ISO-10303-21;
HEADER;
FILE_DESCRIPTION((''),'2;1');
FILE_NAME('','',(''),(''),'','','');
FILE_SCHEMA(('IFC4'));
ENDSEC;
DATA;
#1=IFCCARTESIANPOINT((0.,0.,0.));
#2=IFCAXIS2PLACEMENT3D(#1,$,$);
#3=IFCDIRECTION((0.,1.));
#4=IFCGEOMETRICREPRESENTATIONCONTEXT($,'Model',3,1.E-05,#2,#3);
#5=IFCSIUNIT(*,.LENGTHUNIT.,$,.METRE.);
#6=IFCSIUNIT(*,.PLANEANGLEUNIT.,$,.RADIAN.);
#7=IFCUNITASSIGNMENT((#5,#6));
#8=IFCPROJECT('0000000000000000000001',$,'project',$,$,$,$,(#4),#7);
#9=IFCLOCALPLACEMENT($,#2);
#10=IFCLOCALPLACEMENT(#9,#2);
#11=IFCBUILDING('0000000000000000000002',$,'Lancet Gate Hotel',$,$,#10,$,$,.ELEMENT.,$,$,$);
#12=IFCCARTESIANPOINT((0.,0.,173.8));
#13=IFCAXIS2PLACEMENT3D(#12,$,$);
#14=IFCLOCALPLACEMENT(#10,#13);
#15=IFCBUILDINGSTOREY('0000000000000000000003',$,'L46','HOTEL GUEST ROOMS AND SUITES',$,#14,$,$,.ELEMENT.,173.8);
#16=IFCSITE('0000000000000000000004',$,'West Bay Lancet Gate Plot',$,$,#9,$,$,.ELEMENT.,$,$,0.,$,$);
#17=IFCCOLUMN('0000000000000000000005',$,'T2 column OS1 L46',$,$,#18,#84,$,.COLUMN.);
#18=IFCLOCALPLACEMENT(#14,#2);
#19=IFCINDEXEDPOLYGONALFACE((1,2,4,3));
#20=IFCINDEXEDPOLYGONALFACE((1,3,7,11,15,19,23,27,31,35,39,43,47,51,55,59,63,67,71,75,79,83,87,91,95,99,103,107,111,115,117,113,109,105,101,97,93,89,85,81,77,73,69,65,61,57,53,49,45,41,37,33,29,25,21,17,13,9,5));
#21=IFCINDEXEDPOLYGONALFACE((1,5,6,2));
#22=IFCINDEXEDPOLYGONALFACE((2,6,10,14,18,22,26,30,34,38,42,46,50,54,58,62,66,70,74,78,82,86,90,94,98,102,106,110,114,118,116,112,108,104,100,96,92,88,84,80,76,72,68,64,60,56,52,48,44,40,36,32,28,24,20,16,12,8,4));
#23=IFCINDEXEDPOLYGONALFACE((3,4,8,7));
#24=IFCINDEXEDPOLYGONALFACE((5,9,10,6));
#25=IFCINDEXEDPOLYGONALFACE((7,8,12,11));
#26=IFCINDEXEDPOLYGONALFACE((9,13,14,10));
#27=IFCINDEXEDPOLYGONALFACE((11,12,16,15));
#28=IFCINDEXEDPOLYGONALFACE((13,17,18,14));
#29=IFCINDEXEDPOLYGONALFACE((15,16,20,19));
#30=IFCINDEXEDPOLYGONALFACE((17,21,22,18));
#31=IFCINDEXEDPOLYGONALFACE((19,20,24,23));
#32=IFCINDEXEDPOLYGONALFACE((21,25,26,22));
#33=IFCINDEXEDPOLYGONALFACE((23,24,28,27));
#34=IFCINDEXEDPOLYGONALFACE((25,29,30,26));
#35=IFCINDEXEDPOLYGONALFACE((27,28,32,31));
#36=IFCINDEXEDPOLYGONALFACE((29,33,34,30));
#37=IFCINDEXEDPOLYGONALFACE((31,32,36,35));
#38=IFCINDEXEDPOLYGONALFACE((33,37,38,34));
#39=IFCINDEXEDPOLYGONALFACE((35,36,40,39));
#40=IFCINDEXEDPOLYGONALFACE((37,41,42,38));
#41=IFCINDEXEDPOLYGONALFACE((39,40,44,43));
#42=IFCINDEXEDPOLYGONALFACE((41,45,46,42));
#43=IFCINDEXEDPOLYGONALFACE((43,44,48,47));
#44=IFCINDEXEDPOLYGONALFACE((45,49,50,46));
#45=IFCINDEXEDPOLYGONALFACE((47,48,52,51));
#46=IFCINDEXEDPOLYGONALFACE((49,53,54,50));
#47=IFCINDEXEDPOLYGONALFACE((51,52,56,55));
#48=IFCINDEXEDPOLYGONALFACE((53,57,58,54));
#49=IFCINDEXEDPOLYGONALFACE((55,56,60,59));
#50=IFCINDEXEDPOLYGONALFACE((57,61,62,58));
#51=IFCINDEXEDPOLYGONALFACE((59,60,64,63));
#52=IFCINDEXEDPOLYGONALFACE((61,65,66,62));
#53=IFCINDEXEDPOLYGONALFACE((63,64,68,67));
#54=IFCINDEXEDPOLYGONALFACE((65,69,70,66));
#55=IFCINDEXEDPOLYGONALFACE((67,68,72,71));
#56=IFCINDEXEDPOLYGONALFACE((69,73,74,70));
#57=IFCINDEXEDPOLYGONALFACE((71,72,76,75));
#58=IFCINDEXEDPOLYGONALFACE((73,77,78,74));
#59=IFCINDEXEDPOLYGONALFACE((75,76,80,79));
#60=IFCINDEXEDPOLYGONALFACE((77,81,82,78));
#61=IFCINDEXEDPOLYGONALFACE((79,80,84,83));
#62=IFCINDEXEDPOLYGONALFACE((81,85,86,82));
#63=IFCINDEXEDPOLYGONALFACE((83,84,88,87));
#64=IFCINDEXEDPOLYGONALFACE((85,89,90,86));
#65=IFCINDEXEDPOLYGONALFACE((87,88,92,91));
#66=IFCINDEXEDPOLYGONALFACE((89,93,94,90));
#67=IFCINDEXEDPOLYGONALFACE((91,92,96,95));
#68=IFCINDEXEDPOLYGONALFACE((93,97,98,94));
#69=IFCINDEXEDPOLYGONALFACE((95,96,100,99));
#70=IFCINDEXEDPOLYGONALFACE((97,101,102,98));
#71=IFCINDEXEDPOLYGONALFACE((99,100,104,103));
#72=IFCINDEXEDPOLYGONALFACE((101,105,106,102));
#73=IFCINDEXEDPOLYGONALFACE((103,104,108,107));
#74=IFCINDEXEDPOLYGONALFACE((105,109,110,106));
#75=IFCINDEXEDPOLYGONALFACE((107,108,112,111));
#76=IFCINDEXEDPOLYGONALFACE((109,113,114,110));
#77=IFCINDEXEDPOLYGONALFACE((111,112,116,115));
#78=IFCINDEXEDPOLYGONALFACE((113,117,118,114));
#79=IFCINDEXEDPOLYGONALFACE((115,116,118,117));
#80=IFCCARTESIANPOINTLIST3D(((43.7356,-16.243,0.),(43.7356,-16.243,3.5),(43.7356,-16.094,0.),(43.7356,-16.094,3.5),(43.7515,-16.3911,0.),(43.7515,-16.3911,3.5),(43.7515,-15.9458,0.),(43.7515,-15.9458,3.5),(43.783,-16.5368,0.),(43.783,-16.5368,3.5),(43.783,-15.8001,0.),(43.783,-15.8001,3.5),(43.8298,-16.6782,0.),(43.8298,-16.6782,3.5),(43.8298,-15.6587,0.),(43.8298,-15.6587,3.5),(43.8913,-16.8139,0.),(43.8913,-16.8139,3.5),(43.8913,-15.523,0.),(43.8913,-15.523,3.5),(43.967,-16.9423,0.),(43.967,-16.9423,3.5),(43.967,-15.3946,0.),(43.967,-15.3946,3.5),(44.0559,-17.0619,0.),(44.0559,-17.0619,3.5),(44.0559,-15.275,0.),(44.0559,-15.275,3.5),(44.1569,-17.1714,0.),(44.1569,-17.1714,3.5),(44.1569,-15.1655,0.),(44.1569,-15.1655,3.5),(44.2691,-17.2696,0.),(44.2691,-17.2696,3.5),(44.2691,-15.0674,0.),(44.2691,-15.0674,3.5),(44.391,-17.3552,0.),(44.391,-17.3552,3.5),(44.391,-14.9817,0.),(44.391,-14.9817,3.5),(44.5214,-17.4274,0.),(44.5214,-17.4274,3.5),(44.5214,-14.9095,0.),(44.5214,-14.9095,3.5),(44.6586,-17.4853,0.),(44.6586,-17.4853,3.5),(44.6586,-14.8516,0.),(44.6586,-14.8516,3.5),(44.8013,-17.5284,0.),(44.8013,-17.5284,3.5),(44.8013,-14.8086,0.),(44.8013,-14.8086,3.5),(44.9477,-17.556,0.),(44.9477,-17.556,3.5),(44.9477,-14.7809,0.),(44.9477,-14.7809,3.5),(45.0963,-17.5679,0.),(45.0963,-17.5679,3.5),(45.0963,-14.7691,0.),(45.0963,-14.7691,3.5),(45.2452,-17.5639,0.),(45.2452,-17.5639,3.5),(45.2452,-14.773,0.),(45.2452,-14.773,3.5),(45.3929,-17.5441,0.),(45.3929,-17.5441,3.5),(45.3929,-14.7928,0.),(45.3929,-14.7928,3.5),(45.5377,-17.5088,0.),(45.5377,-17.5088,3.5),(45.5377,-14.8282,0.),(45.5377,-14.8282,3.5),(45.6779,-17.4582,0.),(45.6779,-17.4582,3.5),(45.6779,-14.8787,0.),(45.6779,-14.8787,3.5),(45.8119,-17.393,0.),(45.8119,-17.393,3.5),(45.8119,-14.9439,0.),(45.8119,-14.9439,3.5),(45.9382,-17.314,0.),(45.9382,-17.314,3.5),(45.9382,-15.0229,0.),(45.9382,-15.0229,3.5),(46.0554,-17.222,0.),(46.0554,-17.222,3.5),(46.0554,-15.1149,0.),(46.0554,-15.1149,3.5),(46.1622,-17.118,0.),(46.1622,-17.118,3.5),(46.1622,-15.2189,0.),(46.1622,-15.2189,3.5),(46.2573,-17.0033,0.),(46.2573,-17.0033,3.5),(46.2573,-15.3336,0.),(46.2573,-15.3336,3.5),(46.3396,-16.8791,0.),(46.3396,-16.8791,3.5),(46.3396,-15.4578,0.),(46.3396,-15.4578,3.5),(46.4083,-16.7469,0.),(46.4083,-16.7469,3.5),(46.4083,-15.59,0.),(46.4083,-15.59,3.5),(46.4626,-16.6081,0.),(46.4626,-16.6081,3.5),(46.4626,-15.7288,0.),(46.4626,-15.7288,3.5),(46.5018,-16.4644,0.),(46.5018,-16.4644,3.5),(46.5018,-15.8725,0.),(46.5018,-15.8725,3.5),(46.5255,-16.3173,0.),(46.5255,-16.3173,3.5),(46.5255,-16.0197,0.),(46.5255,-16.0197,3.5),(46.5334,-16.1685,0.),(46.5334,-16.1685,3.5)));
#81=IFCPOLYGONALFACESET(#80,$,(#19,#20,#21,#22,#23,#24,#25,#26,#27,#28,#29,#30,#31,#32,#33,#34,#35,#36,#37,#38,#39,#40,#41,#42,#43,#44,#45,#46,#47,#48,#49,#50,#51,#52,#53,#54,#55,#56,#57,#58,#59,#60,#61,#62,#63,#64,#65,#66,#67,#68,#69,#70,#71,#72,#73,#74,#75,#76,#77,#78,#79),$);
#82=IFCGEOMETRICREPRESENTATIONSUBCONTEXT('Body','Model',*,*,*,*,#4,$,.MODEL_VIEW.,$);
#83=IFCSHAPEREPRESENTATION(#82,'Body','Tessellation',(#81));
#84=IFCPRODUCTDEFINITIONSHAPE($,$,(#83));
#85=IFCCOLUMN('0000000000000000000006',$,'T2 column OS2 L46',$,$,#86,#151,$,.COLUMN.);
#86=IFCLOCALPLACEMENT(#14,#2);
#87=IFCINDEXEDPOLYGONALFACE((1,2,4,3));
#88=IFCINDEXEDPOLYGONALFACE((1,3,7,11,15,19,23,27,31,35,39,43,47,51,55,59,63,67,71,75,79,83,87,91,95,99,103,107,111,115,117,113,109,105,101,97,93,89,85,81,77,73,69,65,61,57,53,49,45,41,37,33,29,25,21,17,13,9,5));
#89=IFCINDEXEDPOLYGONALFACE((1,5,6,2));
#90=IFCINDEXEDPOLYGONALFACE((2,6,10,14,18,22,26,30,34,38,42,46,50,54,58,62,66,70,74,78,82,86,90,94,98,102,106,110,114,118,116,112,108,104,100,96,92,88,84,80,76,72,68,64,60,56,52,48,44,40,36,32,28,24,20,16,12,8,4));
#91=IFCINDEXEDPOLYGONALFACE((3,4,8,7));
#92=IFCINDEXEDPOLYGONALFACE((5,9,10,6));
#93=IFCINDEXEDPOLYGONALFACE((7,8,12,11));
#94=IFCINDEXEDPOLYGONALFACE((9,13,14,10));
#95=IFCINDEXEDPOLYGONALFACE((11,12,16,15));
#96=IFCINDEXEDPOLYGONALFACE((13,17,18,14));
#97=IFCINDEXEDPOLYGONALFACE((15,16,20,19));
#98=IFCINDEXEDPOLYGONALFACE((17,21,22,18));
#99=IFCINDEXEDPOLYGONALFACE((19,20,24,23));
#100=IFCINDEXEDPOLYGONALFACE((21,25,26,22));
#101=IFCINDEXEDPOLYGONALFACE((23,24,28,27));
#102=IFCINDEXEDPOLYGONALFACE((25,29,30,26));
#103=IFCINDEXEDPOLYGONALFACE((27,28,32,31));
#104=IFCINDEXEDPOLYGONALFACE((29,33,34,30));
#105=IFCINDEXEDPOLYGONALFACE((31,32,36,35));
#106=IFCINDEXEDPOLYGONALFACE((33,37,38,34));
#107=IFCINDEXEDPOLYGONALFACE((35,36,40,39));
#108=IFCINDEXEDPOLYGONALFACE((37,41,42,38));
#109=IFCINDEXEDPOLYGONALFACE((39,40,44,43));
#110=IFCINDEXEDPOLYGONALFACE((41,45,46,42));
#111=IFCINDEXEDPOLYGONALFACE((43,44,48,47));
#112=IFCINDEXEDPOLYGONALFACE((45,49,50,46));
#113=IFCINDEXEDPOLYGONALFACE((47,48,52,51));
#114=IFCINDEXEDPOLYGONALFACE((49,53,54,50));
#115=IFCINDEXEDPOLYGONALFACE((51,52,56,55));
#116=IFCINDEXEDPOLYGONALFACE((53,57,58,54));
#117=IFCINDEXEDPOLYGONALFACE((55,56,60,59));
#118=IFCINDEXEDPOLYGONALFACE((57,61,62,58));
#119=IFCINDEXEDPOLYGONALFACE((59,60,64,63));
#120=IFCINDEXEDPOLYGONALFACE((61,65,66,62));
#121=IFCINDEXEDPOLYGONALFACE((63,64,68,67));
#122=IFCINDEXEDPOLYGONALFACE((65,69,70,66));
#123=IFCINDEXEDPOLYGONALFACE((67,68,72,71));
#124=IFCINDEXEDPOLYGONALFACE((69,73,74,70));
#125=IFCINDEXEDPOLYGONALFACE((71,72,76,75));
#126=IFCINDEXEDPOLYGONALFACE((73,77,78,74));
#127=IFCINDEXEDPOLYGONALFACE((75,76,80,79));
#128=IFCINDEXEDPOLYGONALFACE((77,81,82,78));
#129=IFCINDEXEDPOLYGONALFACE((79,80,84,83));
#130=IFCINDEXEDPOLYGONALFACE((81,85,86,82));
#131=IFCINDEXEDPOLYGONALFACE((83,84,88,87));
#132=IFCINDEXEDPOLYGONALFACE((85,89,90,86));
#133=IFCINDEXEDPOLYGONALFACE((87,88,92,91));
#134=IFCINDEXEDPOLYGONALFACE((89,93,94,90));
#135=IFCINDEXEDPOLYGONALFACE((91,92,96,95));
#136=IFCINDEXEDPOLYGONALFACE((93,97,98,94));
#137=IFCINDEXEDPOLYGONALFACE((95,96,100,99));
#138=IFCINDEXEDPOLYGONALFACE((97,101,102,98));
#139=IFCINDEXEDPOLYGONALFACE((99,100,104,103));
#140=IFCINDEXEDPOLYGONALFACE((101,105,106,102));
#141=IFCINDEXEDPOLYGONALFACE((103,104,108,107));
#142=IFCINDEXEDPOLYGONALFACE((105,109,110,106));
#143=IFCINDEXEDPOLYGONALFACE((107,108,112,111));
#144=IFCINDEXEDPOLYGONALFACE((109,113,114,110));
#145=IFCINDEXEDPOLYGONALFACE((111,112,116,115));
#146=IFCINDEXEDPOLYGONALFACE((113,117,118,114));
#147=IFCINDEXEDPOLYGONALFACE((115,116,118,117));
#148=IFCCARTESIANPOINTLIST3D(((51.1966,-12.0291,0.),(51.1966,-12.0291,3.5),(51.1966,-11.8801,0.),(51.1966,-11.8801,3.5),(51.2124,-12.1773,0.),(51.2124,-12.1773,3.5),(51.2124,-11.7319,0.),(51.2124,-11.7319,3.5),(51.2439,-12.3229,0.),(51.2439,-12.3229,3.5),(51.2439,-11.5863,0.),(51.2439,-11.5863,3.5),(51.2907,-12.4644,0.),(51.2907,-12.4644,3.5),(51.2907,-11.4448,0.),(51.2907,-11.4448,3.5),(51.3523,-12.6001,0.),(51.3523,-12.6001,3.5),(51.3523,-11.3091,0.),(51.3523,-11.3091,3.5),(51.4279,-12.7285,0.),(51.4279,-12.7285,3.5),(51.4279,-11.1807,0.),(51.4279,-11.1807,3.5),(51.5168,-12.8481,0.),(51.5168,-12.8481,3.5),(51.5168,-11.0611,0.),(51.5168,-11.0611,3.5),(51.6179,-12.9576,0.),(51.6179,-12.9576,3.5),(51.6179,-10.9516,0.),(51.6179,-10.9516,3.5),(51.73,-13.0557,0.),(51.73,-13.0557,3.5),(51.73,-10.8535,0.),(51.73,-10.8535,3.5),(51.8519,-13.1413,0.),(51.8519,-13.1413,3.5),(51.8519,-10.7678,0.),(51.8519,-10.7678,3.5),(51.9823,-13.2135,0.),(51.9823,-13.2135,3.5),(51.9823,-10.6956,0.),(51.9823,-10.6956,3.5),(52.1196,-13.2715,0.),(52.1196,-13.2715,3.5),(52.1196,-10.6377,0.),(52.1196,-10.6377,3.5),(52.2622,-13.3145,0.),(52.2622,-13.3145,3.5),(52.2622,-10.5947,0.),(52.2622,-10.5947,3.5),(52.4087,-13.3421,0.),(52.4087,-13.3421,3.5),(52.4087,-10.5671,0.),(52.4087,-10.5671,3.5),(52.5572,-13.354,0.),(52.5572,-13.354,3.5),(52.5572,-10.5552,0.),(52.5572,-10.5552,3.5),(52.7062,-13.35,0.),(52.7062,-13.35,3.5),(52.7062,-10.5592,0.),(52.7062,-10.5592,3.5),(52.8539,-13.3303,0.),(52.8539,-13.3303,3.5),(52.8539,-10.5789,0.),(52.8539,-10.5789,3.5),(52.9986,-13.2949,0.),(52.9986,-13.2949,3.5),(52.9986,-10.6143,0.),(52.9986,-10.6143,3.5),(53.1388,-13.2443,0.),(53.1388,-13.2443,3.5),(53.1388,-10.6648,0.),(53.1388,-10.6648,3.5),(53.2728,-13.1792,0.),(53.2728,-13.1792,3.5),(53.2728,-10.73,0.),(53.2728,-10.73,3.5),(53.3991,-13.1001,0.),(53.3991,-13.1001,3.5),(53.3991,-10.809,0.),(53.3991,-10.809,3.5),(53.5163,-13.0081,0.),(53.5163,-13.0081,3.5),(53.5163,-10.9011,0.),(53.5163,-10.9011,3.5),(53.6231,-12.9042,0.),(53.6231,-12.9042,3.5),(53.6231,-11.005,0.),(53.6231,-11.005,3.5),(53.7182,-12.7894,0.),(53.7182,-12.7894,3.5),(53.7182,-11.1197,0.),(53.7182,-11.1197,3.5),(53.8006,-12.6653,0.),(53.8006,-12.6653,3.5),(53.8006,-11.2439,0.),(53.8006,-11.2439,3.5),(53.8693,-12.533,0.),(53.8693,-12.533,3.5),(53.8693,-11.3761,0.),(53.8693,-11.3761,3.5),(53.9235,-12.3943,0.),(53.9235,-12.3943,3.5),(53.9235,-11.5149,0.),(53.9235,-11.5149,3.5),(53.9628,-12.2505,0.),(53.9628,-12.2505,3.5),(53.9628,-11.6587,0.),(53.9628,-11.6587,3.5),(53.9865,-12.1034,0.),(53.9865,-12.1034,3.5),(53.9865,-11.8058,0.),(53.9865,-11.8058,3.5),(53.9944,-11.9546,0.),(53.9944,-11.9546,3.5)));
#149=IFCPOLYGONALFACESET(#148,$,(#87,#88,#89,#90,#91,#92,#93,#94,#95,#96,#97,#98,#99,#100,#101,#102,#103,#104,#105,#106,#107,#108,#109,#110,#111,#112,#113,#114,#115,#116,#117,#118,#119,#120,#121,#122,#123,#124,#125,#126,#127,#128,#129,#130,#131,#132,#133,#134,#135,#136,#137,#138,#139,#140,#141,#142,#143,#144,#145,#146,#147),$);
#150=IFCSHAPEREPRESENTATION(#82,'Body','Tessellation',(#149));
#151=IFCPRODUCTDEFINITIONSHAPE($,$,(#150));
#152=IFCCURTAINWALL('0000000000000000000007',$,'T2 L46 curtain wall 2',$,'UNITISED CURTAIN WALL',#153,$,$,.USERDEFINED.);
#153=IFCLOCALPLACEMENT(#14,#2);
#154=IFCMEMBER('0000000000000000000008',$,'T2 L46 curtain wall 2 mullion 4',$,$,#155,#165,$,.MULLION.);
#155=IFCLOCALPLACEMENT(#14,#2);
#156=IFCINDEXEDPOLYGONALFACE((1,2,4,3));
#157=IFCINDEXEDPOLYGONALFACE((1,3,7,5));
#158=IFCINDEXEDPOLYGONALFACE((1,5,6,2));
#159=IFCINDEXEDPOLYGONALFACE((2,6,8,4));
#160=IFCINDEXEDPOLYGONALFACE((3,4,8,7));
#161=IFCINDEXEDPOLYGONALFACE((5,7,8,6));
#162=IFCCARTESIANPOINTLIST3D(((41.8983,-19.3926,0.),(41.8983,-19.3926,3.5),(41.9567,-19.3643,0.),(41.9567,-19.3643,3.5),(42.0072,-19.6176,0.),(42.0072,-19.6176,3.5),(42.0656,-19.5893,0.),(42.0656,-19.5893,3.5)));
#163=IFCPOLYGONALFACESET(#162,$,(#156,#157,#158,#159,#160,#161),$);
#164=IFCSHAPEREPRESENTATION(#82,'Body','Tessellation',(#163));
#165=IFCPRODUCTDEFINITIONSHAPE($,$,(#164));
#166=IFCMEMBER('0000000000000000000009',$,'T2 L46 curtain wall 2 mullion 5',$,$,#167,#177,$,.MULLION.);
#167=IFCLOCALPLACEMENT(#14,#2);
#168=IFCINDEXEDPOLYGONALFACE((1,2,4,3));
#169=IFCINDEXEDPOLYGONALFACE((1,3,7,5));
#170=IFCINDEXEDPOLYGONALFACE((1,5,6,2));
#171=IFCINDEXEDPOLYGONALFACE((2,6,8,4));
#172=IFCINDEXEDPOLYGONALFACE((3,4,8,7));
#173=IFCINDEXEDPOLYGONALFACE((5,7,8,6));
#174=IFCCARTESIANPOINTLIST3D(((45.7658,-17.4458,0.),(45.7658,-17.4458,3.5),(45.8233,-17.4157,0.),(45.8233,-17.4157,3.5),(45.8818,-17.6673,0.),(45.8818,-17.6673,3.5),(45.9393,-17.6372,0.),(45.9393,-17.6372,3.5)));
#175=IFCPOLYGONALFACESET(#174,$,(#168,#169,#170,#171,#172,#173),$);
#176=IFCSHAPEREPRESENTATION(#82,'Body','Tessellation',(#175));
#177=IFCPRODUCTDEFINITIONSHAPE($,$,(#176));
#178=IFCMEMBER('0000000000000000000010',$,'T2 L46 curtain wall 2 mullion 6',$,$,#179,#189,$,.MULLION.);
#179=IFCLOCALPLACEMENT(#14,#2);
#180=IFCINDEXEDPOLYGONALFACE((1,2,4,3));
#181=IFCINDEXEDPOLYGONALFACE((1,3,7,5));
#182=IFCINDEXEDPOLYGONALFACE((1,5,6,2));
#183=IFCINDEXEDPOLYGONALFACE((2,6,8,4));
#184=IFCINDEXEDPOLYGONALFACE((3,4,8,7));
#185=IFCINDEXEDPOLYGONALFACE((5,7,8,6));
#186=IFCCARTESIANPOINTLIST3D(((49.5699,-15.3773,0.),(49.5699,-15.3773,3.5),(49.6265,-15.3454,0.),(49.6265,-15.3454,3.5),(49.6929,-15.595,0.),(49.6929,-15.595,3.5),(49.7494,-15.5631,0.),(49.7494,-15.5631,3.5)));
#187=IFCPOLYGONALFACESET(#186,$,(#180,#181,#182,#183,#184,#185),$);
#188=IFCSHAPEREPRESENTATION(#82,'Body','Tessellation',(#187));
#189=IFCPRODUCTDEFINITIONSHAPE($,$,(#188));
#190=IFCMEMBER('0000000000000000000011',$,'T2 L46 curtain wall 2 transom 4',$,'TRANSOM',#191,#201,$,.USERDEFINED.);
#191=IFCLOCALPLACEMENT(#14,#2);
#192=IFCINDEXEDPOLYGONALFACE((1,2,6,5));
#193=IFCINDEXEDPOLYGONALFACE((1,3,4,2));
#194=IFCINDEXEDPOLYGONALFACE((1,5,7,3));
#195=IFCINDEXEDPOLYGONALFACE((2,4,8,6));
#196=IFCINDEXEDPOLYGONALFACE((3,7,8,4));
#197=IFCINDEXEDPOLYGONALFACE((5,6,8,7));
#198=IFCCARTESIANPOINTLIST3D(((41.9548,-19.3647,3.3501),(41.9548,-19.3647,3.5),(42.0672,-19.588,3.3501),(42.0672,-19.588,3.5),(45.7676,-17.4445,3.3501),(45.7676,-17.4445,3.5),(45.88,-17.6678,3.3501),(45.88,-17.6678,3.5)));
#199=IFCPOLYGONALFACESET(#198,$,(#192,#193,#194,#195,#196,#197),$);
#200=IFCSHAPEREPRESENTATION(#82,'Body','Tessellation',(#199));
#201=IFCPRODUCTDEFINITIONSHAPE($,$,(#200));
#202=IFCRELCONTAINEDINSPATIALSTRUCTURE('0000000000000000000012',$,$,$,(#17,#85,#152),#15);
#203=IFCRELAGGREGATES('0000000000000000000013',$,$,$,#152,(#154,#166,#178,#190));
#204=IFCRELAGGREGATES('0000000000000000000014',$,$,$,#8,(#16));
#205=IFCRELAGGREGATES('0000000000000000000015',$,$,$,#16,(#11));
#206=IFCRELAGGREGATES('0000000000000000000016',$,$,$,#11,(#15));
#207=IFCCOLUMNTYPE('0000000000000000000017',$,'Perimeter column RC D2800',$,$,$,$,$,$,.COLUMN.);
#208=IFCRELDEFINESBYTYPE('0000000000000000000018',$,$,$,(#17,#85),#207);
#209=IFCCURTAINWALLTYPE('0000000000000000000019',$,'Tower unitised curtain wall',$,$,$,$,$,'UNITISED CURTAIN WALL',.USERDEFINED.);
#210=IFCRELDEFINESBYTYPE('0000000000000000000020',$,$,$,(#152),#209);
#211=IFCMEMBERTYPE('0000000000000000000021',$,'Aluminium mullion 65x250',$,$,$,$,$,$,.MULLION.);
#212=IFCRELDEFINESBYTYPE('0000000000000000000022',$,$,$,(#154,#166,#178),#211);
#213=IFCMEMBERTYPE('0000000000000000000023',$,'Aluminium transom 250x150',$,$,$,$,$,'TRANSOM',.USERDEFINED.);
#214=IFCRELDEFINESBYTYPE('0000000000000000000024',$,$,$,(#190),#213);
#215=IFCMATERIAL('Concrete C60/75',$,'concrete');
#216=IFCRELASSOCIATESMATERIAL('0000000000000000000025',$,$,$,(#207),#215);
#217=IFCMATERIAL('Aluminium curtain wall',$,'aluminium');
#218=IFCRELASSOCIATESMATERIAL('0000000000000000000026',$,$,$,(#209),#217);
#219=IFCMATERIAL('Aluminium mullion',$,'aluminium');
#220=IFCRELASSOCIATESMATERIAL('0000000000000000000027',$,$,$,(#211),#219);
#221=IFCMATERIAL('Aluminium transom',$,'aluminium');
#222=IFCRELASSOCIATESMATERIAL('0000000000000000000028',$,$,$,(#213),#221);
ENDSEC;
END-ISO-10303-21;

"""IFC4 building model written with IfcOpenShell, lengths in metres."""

from ifc_helpers import new_model, si_unit, direction, frame, origin, origin_2d, place, context, subcontext, project, spatial, rectangle, circle, extrude, material, material_profile, profile_set, type_object, element, aggregate, save


model = new_model("IFC4")

# Units and contexts
model_context = context("Model", 3, precision=1e-05, world=origin(), true_north=direction((0.0, 1.0)))
body_context = subcontext(model_context, "Body", "Model", "MODEL_VIEW")
ifc_project = project(units=[si_unit("LENGTHUNIT", "METRE"), si_unit("PLANEANGLEUNIT", "RADIAN")], contexts=[model_context])

# Site, building, storey
site_placement = place(None, origin())
site = spatial("IfcSite", under=ifc_project, at=site_placement, Name="West Bay Lancet Gate Plot", CompositionType="ELEMENT", RefElevation=0.0)
building_placement = place(site_placement, origin())
building = spatial("IfcBuilding", under=site, at=building_placement, Name="Lancet Gate Hotel", CompositionType="ELEMENT")
storey_placement = place(building_placement, frame((0.0, 0.0, 173.8)))
storey = spatial("IfcBuildingStorey", under=building, at=storey_placement, Name="L46", Description="HOTEL GUEST ROOMS AND SUITES", CompositionType="ELEMENT", Elevation=173.8)

# Columns
ifc_material_1 = material(Name="Concrete C60/75", Category="concrete")
ifc_material_profile_1 = material_profile(ifc_material_1, circle(Radius=1.3999, at=origin_2d()), Name="RC D2800")
ifc_profile_set_1 = profile_set([ifc_material_profile_1], Name="Concrete C60/75")
column_type = type_object("IfcColumnType", Name="Perimeter column RC D2800", PredefinedType="COLUMN", material=ifc_profile_set_1)
for number, where, z_axis, x_axis, name in (
    (1, (45.1335, -16.1685, 0.0), (0.0, 0.0, 1.0), (1.0, 0.0, 0.0), "T2 column OS1 L46"),
    (2, (52.5945, -11.9546, 0.0), (0.0, 0.0, 1.0), (1.0, 0.0, 0.0), "T2 column OS2 L46"),
):
    element("IfcColumn", number, at=place(storey_placement, frame(where, z_axis=z_axis, x_axis=x_axis)), inside=storey, type_object=column_type, Name=name, PredefinedType="COLUMN", context=body_context, shape_type="SweptSolid", body=[
        extrude(circle(Radius=1.3999, at=origin_2d()), origin(), (0.0, 0.0, 1.0), 3.5),
    ])

# Curtain wall, members
ifc_material_2 = material(Name="Aluminium curtain wall", Category="aluminium")
curtain_wall_type = type_object("IfcCurtainWallType", Name="Tower unitised curtain wall", ElementType="UNITISED CURTAIN WALL", PredefinedType="USERDEFINED", material=ifc_material_2)
curtain_wall_placement = place(storey_placement, origin())
curtain_wall = element("IfcCurtainWall", 3, at=curtain_wall_placement, inside=storey, type_object=curtain_wall_type, Name="T2 L46 curtain wall 2", ObjectType="UNITISED CURTAIN WALL", PredefinedType="USERDEFINED")
ifc_material_3 = material(Name="Aluminium mullion", Category="aluminium")
ifc_material_profile_2 = material_profile(ifc_material_3, rectangle(XDim=0.0649, YDim=0.25, at=origin_2d()), Name="MULLION 65x250")
ifc_profile_set_2 = profile_set([ifc_material_profile_2], Name="Aluminium mullion")
member_type_1 = type_object("IfcMemberType", Name="Aluminium mullion 65x250", PredefinedType="MULLION", material=ifc_profile_set_2)
member_1_placement = place(storey_placement, frame((41.9819, -19.491, 0.0), z_axis=(0.0, 0.0, 1.0), x_axis=(0.900141, 0.435598, 0.0)))
member_1 = element("IfcMember", 4, at=member_1_placement, type_object=member_type_1, Name="T2 L46 curtain wall 2 mullion 4", PredefinedType="MULLION", context=body_context, shape_type="SweptSolid", body=[
    extrude(rectangle(XDim=0.0649, YDim=0.25, at=origin_2d()), origin(), (0.0, 0.0, 1.0), 3.5),
])
member_2_placement = place(storey_placement, frame((45.8525, -17.5415, 0.0), z_axis=(0.0, 0.0, 1.0), x_axis=(0.885877, 0.46392, 0.0)))
member_2 = element("IfcMember", 5, at=member_2_placement, type_object=member_type_1, Name="T2 L46 curtain wall 2 mullion 5", PredefinedType="MULLION", context=body_context, shape_type="SweptSolid", body=[
    extrude(rectangle(XDim=0.0649, YDim=0.25, at=origin_2d()), origin(), (0.0, 0.0, 1.0), 3.5),
])
member_3_placement = place(storey_placement, frame((49.6597, -15.4702, 0.0), z_axis=(0.0, 0.0, 1.0), x_axis=(0.870722, 0.491776, 0.0)))
member_3 = element("IfcMember", 6, at=member_3_placement, type_object=member_type_1, Name="T2 L46 curtain wall 2 mullion 6", PredefinedType="MULLION", context=body_context, shape_type="SweptSolid", body=[
    extrude(rectangle(XDim=0.0649, YDim=0.25, at=origin_2d()), origin(), (0.0, 0.0, 1.0), 3.5),
])
ifc_material_4 = material(Name="Aluminium transom", Category="aluminium")
ifc_material_profile_3 = material_profile(ifc_material_4, rectangle(XDim=0.25, YDim=0.1499, at=origin_2d()), Name="TRANSOM 250x150")
ifc_profile_set_3 = profile_set([ifc_material_profile_3], Name="Aluminium transom")
member_type_2 = type_object("IfcMemberType", Name="Aluminium transom 250x150", ElementType="TRANSOM", PredefinedType="USERDEFINED", material=ifc_profile_set_3)
member_4_placement = place(storey_placement, frame((42.011, -19.4763, 3.425), z_axis=(0.893131, 0.449797, 0.0), x_axis=(-0.449797, 0.893131, 0.0)))
member_4 = element("IfcMember", 7, at=member_4_placement, type_object=member_type_2, Name="T2 L46 curtain wall 2 transom 4", ObjectType="TRANSOM", PredefinedType="USERDEFINED", context=body_context, shape_type="SweptSolid", body=[
    extrude(rectangle(XDim=0.25, YDim=0.1499, at=origin_2d()), origin(), (0.0, 0.0, 1.0), 4.269),
])

aggregate(curtain_wall, [member_1, member_2, member_3, member_4])

save(model, "model.ifc")
